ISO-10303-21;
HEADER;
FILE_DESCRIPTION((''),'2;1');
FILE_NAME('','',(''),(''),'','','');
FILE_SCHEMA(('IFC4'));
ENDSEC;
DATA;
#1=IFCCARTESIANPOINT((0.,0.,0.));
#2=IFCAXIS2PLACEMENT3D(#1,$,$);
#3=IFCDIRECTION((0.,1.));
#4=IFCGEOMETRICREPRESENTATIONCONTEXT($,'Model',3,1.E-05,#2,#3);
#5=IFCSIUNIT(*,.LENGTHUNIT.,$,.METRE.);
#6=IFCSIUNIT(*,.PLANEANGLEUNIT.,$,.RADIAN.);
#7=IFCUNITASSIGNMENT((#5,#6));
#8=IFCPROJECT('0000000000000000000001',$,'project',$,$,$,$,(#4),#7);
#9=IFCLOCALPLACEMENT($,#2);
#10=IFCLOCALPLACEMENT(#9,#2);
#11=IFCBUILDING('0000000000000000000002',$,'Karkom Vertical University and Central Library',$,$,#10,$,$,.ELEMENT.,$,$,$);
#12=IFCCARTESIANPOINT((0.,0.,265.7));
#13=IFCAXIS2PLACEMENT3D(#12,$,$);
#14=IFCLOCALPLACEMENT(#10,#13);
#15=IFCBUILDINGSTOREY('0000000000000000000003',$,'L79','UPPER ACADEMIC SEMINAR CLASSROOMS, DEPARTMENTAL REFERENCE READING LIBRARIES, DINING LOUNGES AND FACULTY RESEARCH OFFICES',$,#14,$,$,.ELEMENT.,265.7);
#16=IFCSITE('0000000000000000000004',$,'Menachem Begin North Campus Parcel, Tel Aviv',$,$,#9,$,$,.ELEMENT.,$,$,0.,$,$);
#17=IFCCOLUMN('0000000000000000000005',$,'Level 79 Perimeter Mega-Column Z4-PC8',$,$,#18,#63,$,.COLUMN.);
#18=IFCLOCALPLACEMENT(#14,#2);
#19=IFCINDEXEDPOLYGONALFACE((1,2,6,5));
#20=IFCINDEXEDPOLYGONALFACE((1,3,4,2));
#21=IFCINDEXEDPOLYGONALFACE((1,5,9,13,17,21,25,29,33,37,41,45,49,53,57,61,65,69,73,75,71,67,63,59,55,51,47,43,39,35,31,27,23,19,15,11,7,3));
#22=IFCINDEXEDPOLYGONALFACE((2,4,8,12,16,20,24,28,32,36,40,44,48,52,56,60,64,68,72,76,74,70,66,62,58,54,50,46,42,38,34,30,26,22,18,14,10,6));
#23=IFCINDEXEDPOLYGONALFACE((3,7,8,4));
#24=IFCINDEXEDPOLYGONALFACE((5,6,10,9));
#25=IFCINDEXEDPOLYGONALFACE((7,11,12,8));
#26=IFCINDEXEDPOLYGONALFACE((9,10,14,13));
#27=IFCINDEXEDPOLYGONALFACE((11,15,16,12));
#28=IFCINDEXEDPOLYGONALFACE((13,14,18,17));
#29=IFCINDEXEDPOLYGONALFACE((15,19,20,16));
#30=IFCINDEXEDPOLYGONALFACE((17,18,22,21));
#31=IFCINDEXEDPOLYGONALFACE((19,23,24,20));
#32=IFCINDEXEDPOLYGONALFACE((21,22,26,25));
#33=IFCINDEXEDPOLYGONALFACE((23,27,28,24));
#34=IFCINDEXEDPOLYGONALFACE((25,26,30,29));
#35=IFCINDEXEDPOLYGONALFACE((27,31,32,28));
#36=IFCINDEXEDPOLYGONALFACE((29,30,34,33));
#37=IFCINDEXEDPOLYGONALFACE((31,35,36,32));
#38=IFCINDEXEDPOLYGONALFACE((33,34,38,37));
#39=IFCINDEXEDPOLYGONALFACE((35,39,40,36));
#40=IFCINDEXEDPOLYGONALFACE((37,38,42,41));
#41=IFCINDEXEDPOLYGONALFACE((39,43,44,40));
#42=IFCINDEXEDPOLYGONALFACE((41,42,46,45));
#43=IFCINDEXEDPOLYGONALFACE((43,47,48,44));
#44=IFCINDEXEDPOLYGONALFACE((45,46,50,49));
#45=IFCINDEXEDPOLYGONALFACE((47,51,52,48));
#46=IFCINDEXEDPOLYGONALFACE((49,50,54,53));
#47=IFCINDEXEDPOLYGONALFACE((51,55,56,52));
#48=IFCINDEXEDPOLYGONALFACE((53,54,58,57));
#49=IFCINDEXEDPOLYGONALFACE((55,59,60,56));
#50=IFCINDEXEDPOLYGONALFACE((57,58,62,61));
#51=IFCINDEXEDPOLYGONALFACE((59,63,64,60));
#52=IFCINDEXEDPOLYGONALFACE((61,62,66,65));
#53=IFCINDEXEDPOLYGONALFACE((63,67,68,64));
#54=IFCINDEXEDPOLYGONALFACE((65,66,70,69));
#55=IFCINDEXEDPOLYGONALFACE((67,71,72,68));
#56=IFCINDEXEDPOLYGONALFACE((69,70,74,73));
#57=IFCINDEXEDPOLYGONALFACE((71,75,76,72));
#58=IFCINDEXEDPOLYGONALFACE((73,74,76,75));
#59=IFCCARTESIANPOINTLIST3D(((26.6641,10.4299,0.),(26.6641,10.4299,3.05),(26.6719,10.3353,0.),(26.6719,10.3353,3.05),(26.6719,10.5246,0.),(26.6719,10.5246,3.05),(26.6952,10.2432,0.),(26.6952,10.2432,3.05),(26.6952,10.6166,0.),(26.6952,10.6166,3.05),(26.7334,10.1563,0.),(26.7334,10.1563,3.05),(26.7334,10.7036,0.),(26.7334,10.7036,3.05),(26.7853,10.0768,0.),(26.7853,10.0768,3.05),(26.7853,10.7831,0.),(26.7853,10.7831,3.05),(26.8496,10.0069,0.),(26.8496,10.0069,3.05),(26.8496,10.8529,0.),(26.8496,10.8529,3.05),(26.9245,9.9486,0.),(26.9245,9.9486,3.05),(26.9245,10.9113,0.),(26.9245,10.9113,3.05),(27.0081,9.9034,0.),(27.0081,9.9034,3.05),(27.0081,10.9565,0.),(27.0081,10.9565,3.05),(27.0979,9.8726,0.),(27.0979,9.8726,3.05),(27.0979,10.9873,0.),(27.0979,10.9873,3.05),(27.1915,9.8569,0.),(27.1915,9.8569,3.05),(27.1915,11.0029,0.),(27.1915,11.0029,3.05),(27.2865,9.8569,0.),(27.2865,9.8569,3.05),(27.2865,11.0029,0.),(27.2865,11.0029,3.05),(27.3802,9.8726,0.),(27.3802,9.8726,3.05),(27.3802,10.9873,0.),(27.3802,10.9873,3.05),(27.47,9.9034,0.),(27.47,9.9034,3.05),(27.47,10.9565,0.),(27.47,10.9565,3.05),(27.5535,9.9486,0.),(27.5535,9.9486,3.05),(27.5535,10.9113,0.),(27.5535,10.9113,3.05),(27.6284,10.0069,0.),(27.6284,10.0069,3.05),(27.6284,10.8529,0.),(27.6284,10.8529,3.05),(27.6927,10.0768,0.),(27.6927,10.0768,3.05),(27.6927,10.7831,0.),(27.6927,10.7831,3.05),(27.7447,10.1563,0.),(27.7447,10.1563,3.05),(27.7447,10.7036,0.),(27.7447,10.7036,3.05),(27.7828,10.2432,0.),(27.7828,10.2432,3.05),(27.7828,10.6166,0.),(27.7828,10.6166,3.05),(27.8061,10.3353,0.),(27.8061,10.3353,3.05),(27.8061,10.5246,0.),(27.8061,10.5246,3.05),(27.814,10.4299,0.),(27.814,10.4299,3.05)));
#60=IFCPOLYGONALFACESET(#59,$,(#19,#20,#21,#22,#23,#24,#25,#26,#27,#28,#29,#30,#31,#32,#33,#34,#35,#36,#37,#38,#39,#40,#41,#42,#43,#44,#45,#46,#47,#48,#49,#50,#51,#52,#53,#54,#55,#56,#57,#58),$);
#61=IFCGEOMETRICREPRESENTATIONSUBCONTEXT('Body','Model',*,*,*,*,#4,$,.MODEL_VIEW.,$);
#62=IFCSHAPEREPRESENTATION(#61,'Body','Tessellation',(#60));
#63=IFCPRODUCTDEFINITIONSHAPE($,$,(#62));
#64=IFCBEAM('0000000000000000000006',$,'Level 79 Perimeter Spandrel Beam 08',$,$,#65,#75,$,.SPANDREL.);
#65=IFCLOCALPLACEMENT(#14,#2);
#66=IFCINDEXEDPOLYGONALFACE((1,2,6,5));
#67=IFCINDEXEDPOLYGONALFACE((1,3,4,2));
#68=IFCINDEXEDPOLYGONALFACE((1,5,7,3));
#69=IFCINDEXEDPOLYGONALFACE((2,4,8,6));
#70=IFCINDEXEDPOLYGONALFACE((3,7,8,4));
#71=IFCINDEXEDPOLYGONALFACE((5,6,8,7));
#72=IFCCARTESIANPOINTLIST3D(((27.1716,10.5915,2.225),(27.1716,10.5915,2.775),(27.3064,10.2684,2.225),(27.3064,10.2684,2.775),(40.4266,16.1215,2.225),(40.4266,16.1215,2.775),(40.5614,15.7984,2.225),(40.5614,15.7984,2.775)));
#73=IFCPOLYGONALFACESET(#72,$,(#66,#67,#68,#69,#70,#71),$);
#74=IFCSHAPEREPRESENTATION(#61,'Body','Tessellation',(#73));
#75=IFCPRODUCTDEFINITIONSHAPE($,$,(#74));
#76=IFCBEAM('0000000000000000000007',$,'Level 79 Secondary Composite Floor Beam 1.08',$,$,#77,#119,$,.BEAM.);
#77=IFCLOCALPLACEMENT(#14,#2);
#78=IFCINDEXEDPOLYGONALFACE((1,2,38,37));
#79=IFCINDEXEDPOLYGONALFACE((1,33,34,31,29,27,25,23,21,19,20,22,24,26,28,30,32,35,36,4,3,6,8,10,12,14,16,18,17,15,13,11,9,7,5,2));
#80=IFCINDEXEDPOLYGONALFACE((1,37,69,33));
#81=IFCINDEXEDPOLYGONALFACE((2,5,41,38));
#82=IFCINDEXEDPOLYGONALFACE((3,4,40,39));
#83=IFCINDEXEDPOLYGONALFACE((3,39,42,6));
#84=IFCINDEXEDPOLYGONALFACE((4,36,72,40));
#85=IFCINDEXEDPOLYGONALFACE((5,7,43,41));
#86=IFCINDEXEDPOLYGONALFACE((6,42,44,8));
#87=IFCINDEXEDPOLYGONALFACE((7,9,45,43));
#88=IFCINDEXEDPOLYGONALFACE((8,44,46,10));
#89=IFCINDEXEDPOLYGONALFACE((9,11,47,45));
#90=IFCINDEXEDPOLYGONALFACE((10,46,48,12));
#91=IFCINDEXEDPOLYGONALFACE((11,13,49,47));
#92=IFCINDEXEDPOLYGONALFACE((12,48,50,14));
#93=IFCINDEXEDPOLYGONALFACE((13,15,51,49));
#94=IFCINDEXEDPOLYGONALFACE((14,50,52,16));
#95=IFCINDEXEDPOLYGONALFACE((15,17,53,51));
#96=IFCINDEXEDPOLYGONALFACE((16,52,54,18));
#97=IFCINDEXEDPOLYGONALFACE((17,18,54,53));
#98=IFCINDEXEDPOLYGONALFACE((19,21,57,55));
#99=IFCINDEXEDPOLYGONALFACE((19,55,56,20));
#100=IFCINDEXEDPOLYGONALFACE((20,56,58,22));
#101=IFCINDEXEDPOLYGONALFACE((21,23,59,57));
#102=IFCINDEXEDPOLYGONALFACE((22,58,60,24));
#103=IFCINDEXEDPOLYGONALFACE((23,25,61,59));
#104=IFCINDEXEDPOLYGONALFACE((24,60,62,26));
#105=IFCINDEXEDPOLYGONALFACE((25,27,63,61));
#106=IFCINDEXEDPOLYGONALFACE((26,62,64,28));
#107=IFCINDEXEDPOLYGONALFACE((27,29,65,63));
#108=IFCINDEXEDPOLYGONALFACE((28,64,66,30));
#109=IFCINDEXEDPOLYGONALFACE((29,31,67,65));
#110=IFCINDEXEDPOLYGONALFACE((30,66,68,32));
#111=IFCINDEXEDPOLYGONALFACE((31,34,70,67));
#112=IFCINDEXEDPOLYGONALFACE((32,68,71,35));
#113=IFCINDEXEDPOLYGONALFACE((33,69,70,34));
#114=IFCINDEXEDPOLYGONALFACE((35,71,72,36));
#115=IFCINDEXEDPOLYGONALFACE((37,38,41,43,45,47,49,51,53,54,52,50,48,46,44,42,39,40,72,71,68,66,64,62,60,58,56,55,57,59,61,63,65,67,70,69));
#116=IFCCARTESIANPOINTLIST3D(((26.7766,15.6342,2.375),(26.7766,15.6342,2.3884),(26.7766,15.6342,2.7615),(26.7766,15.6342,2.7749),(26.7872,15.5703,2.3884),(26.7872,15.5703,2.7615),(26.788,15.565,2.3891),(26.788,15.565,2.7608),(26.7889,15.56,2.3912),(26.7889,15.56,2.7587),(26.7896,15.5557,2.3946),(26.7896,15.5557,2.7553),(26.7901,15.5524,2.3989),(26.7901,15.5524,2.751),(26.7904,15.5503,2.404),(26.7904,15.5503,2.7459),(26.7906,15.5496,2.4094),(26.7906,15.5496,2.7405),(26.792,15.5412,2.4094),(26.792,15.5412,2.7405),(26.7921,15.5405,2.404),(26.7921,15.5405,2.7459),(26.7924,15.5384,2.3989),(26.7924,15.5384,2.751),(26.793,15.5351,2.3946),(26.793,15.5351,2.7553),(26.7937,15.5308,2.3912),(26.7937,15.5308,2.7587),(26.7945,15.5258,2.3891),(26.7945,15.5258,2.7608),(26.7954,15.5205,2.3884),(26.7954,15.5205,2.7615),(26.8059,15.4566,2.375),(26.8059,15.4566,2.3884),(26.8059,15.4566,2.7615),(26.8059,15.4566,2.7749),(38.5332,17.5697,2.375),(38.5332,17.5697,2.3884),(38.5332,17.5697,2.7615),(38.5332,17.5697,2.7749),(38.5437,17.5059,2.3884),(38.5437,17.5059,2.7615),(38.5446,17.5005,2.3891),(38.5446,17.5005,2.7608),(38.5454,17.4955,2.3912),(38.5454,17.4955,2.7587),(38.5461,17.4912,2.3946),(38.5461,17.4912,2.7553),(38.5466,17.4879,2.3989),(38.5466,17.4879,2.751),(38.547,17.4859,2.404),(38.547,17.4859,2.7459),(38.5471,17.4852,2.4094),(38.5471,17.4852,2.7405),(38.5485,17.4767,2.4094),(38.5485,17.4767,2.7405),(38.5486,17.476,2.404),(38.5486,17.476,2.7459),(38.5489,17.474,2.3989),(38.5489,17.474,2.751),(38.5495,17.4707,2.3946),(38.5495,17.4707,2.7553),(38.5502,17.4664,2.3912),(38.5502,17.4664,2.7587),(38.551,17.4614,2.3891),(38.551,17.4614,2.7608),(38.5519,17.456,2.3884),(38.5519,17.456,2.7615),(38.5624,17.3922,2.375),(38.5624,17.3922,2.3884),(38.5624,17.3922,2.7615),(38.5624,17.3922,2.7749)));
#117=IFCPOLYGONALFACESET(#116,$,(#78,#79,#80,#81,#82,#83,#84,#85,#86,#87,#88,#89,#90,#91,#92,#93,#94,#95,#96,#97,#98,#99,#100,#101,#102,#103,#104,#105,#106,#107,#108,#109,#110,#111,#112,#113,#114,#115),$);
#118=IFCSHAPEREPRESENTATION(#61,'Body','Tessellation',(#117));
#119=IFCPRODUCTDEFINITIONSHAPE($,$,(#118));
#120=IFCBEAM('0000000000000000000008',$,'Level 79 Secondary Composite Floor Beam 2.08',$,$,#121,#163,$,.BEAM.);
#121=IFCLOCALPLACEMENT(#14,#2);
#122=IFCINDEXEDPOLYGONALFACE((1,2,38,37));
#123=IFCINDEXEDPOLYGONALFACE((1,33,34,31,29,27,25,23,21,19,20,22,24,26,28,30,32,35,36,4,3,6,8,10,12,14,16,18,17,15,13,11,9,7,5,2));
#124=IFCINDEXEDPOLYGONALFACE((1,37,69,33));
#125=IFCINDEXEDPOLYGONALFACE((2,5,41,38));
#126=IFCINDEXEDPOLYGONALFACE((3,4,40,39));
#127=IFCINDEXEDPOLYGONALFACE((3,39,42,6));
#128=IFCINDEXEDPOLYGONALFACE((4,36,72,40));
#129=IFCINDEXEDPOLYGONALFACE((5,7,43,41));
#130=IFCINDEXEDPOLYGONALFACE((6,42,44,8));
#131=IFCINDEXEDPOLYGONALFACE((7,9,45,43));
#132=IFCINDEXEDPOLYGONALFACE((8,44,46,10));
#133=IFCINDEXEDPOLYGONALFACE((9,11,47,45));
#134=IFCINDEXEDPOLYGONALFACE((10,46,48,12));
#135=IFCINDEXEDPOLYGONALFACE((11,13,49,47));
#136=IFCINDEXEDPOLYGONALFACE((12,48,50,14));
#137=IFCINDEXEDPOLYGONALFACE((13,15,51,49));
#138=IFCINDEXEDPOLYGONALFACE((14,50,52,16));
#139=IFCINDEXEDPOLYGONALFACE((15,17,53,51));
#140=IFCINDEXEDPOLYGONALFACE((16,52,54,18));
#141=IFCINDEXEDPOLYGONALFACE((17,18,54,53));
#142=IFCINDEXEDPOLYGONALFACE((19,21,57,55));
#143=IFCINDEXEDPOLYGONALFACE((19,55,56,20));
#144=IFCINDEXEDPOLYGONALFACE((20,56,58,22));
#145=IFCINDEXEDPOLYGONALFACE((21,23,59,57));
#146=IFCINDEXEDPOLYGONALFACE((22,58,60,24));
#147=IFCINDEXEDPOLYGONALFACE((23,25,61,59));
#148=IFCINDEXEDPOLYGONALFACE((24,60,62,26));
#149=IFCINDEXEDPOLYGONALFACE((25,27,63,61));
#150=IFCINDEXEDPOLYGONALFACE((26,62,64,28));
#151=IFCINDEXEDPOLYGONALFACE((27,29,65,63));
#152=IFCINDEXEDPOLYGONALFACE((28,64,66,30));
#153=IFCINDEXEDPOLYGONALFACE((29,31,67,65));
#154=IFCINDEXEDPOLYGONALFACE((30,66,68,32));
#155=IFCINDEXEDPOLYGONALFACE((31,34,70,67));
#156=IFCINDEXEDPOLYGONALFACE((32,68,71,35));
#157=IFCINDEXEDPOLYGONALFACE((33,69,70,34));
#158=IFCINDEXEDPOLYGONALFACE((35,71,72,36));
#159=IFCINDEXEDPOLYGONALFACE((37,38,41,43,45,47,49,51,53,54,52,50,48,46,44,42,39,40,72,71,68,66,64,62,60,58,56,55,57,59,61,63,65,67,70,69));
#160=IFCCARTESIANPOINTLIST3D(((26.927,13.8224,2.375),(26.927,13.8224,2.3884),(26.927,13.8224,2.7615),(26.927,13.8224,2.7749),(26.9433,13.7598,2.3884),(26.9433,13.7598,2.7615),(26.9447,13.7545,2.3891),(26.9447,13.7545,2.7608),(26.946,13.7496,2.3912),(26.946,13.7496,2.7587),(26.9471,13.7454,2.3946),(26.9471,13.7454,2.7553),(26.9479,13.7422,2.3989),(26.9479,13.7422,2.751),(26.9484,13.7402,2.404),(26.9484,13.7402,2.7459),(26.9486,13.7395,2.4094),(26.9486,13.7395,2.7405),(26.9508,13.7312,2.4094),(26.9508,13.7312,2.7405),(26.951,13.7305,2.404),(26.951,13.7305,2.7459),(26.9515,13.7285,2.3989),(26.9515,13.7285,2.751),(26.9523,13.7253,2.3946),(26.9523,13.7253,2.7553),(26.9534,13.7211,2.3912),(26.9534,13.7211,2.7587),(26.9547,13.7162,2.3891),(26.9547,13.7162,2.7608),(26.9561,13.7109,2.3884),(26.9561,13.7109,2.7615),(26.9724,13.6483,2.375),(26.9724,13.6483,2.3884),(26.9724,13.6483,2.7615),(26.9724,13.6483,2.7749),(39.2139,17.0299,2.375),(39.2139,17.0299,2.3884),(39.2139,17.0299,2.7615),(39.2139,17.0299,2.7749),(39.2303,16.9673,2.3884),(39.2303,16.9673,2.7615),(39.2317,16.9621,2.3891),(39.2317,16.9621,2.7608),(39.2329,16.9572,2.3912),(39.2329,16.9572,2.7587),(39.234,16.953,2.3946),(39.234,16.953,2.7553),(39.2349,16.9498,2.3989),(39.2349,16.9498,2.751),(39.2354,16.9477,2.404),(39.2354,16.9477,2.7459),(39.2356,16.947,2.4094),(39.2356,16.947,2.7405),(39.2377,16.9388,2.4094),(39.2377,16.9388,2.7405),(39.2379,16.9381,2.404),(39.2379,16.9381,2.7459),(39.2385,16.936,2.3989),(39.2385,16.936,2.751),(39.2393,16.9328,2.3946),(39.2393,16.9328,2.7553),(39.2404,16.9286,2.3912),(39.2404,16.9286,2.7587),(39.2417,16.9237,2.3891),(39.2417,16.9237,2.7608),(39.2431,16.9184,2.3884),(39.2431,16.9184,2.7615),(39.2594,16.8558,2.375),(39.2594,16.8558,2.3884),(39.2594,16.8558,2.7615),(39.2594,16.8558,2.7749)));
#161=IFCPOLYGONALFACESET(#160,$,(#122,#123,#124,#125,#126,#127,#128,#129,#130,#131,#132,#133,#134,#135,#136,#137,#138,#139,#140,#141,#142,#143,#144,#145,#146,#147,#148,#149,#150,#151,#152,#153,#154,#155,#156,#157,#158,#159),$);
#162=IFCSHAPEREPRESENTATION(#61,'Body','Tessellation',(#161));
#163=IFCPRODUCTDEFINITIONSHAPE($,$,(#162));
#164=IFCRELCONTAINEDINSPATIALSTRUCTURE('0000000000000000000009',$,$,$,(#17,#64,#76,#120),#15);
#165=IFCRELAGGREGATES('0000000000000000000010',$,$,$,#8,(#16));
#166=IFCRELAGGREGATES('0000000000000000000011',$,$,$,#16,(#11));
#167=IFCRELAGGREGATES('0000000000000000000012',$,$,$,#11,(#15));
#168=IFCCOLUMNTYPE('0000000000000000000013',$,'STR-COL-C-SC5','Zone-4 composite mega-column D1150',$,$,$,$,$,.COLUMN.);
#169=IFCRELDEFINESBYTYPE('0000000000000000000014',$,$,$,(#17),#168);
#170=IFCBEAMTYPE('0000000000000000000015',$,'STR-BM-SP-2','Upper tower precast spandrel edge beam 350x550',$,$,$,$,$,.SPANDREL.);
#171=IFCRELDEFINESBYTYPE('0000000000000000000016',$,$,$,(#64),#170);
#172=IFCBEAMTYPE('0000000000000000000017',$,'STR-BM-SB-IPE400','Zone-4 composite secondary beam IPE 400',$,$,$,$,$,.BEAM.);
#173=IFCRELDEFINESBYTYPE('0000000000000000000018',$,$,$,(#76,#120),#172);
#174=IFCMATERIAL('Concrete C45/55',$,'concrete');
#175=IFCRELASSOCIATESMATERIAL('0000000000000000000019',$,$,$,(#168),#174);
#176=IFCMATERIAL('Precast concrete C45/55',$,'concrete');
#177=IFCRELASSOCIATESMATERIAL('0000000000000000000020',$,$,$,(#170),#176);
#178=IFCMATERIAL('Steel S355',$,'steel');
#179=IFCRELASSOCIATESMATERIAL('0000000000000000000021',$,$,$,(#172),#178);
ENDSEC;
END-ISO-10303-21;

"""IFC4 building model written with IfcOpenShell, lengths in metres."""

from ifc_helpers import new_model, si_unit, direction, frame, origin, origin_with_axes, origin_2d, place, context, subcontext, project, spatial, rectangle, circle, i_section, extrude, source, transform, mapped, material, material_profile, profile_set, type_object, element, save


model = new_model("IFC4")

# Units and contexts
model_context = context("Model", 3, precision=1e-05, world=origin(), true_north=direction((0.0, 1.0)))
body_context = subcontext(model_context, "Body", "Model", "MODEL_VIEW")
ifc_project = project(units=[si_unit("LENGTHUNIT", "METRE"), si_unit("PLANEANGLEUNIT", "RADIAN")], contexts=[model_context])

# Site, building, storey
site_placement = place(None, origin())
site = spatial("IfcSite", under=ifc_project, at=site_placement, Name="Menachem Begin North Campus Parcel, Tel Aviv", CompositionType="ELEMENT", RefElevation=0.0)
building_placement = place(site_placement, origin())
building = spatial("IfcBuilding", under=site, at=building_placement, Name="Karkom Vertical University and Central Library", CompositionType="ELEMENT")
storey_placement = place(building_placement, frame((0.0, 0.0, 265.7)))
storey = spatial("IfcBuildingStorey", under=building, at=storey_placement, Name="L79", Description="UPPER ACADEMIC SEMINAR CLASSROOMS, DEPARTMENTAL REFERENCE READING LIBRARIES, DINING LOUNGES AND FACULTY RESEARCH OFFICES", CompositionType="ELEMENT", Elevation=265.7)

# Column
ifc_material_1 = material(Name="Concrete C45/55", Category="concrete")
ifc_material_profile_1 = material_profile(ifc_material_1, circle(Radius=0.575, at=origin_2d()), Name="CFT-D1150")
ifc_profile_set_1 = profile_set([ifc_material_profile_1], Name="Concrete C45/55")
column_type = type_object("IfcColumnType", Name="STR-COL-C-SC5", Description="Zone-4 composite mega-column D1150", PredefinedType="COLUMN", material=ifc_profile_set_1)
shared_shape_1 = source(origin_with_axes(), body_context, "Body", "SweptSolid", [
    extrude(circle(Radius=0.575, at=origin_2d()), origin(), (0.0, 0.0, 1.0), 3.05),
])
column_placement = place(storey_placement, frame((27.239, 10.4299, 0.0), z_axis=(0.0, 0.0, 1.0), x_axis=(1.0, 0.0, 0.0)))
element("IfcColumn", 1, at=column_placement, inside=storey, type_object=column_type, Name="Level 79 Perimeter Mega-Column Z4-PC8", PredefinedType="COLUMN", context=body_context, shape_type="MappedRepresentation", body=[
    mapped(shared_shape_1, transform((0.0, 0.0, 0.0), scale=1.0)),
])

# Beams
ifc_material_2 = material(Name="Precast concrete C45/55", Category="concrete")
ifc_material_profile_2 = material_profile(ifc_material_2, rectangle(XDim=0.3501, YDim=0.55, at=origin_2d()), Name="SPB-350x550")
ifc_profile_set_2 = profile_set([ifc_material_profile_2], Name="Precast concrete C45/55")
beam_type_1 = type_object("IfcBeamType", Name="STR-BM-SP-2", Description="Upper tower precast spandrel edge beam 350x550", PredefinedType="SPANDREL", material=ifc_profile_set_2)
shared_shape_2 = source(origin_with_axes(), body_context, "Body", "SweptSolid", [
    extrude(rectangle(XDim=0.3501, YDim=0.55, at=origin_2d()), origin(), (0.0, 0.0, 1.0), 14.3623),
])
beam_1_placement = place(storey_placement, frame((27.239, 10.4299, 2.5), z_axis=(0.9229, 0.38504, 0.0), x_axis=(-0.38504, 0.9229, 0.0)))
element("IfcBeam", 2, at=beam_1_placement, inside=storey, type_object=beam_type_1, Name="Level 79 Perimeter Spandrel Beam 08", PredefinedType="SPANDREL", context=body_context, shape_type="MappedRepresentation", body=[
    mapped(shared_shape_2, transform((0.0, 0.0, 0.0), scale=1.0)),
])
ifc_material_3 = material(Name="Steel S355", Category="steel")
ifc_material_profile_3 = material_profile(ifc_material_3, i_section(OverallWidth=0.1799, OverallDepth=0.3999, WebThickness=0.0085, FlangeThickness=0.0134, FilletRadius=0.021, at=origin_2d()), Name="IPE 400")
ifc_profile_set_3 = profile_set([ifc_material_profile_3], Name="Steel S355")
beam_type_2 = type_object("IfcBeamType", Name="STR-BM-SB-IPE400", Description="Zone-4 composite secondary beam IPE 400", PredefinedType="BEAM", material=ifc_profile_set_3)
shared_shape_3 = source(origin_with_axes(), body_context, "Body", "SweptSolid", [
    extrude(i_section(OverallWidth=0.1799, OverallDepth=0.3999, WebThickness=0.0085, FlangeThickness=0.0134, FilletRadius=0.021, at=origin_2d()), origin(), (0.0, 0.0, 1.0), 11.9148),
])
beam_2_placement = place(storey_placement, frame((26.7913, 15.5454, 2.575), z_axis=(0.986717, 0.162448, 0.0), x_axis=(-0.162448, 0.986717, 0.0)))
element("IfcBeam", 3, at=beam_2_placement, inside=storey, type_object=beam_type_2, Name="Level 79 Secondary Composite Floor Beam 1.08", PredefinedType="BEAM", context=body_context, shape_type="MappedRepresentation", body=[
    mapped(shared_shape_3, transform((0.0, 0.0, 0.0), scale=1.0)),
])
shared_shape_4 = source(origin_with_axes(), body_context, "Body", "SweptSolid", [
    extrude(i_section(OverallWidth=0.1799, OverallDepth=0.3999, WebThickness=0.0085, FlangeThickness=0.0134, FilletRadius=0.021, at=origin_2d()), origin(), (0.0, 0.0, 1.0), 12.6987),
])
beam_3_placement = place(storey_placement, frame((26.9497, 13.7354, 2.575), z_axis=(0.967574, 0.252588, 0.0), x_axis=(-0.252588, 0.967574, 0.0)))
element("IfcBeam", 4, at=beam_3_placement, inside=storey, type_object=beam_type_2, Name="Level 79 Secondary Composite Floor Beam 2.08", PredefinedType="BEAM", context=body_context, shape_type="MappedRepresentation", body=[
    mapped(shared_shape_4, transform((0.0, 0.0, 0.0), scale=1.0)),
])

save(model, "model.ifc")
